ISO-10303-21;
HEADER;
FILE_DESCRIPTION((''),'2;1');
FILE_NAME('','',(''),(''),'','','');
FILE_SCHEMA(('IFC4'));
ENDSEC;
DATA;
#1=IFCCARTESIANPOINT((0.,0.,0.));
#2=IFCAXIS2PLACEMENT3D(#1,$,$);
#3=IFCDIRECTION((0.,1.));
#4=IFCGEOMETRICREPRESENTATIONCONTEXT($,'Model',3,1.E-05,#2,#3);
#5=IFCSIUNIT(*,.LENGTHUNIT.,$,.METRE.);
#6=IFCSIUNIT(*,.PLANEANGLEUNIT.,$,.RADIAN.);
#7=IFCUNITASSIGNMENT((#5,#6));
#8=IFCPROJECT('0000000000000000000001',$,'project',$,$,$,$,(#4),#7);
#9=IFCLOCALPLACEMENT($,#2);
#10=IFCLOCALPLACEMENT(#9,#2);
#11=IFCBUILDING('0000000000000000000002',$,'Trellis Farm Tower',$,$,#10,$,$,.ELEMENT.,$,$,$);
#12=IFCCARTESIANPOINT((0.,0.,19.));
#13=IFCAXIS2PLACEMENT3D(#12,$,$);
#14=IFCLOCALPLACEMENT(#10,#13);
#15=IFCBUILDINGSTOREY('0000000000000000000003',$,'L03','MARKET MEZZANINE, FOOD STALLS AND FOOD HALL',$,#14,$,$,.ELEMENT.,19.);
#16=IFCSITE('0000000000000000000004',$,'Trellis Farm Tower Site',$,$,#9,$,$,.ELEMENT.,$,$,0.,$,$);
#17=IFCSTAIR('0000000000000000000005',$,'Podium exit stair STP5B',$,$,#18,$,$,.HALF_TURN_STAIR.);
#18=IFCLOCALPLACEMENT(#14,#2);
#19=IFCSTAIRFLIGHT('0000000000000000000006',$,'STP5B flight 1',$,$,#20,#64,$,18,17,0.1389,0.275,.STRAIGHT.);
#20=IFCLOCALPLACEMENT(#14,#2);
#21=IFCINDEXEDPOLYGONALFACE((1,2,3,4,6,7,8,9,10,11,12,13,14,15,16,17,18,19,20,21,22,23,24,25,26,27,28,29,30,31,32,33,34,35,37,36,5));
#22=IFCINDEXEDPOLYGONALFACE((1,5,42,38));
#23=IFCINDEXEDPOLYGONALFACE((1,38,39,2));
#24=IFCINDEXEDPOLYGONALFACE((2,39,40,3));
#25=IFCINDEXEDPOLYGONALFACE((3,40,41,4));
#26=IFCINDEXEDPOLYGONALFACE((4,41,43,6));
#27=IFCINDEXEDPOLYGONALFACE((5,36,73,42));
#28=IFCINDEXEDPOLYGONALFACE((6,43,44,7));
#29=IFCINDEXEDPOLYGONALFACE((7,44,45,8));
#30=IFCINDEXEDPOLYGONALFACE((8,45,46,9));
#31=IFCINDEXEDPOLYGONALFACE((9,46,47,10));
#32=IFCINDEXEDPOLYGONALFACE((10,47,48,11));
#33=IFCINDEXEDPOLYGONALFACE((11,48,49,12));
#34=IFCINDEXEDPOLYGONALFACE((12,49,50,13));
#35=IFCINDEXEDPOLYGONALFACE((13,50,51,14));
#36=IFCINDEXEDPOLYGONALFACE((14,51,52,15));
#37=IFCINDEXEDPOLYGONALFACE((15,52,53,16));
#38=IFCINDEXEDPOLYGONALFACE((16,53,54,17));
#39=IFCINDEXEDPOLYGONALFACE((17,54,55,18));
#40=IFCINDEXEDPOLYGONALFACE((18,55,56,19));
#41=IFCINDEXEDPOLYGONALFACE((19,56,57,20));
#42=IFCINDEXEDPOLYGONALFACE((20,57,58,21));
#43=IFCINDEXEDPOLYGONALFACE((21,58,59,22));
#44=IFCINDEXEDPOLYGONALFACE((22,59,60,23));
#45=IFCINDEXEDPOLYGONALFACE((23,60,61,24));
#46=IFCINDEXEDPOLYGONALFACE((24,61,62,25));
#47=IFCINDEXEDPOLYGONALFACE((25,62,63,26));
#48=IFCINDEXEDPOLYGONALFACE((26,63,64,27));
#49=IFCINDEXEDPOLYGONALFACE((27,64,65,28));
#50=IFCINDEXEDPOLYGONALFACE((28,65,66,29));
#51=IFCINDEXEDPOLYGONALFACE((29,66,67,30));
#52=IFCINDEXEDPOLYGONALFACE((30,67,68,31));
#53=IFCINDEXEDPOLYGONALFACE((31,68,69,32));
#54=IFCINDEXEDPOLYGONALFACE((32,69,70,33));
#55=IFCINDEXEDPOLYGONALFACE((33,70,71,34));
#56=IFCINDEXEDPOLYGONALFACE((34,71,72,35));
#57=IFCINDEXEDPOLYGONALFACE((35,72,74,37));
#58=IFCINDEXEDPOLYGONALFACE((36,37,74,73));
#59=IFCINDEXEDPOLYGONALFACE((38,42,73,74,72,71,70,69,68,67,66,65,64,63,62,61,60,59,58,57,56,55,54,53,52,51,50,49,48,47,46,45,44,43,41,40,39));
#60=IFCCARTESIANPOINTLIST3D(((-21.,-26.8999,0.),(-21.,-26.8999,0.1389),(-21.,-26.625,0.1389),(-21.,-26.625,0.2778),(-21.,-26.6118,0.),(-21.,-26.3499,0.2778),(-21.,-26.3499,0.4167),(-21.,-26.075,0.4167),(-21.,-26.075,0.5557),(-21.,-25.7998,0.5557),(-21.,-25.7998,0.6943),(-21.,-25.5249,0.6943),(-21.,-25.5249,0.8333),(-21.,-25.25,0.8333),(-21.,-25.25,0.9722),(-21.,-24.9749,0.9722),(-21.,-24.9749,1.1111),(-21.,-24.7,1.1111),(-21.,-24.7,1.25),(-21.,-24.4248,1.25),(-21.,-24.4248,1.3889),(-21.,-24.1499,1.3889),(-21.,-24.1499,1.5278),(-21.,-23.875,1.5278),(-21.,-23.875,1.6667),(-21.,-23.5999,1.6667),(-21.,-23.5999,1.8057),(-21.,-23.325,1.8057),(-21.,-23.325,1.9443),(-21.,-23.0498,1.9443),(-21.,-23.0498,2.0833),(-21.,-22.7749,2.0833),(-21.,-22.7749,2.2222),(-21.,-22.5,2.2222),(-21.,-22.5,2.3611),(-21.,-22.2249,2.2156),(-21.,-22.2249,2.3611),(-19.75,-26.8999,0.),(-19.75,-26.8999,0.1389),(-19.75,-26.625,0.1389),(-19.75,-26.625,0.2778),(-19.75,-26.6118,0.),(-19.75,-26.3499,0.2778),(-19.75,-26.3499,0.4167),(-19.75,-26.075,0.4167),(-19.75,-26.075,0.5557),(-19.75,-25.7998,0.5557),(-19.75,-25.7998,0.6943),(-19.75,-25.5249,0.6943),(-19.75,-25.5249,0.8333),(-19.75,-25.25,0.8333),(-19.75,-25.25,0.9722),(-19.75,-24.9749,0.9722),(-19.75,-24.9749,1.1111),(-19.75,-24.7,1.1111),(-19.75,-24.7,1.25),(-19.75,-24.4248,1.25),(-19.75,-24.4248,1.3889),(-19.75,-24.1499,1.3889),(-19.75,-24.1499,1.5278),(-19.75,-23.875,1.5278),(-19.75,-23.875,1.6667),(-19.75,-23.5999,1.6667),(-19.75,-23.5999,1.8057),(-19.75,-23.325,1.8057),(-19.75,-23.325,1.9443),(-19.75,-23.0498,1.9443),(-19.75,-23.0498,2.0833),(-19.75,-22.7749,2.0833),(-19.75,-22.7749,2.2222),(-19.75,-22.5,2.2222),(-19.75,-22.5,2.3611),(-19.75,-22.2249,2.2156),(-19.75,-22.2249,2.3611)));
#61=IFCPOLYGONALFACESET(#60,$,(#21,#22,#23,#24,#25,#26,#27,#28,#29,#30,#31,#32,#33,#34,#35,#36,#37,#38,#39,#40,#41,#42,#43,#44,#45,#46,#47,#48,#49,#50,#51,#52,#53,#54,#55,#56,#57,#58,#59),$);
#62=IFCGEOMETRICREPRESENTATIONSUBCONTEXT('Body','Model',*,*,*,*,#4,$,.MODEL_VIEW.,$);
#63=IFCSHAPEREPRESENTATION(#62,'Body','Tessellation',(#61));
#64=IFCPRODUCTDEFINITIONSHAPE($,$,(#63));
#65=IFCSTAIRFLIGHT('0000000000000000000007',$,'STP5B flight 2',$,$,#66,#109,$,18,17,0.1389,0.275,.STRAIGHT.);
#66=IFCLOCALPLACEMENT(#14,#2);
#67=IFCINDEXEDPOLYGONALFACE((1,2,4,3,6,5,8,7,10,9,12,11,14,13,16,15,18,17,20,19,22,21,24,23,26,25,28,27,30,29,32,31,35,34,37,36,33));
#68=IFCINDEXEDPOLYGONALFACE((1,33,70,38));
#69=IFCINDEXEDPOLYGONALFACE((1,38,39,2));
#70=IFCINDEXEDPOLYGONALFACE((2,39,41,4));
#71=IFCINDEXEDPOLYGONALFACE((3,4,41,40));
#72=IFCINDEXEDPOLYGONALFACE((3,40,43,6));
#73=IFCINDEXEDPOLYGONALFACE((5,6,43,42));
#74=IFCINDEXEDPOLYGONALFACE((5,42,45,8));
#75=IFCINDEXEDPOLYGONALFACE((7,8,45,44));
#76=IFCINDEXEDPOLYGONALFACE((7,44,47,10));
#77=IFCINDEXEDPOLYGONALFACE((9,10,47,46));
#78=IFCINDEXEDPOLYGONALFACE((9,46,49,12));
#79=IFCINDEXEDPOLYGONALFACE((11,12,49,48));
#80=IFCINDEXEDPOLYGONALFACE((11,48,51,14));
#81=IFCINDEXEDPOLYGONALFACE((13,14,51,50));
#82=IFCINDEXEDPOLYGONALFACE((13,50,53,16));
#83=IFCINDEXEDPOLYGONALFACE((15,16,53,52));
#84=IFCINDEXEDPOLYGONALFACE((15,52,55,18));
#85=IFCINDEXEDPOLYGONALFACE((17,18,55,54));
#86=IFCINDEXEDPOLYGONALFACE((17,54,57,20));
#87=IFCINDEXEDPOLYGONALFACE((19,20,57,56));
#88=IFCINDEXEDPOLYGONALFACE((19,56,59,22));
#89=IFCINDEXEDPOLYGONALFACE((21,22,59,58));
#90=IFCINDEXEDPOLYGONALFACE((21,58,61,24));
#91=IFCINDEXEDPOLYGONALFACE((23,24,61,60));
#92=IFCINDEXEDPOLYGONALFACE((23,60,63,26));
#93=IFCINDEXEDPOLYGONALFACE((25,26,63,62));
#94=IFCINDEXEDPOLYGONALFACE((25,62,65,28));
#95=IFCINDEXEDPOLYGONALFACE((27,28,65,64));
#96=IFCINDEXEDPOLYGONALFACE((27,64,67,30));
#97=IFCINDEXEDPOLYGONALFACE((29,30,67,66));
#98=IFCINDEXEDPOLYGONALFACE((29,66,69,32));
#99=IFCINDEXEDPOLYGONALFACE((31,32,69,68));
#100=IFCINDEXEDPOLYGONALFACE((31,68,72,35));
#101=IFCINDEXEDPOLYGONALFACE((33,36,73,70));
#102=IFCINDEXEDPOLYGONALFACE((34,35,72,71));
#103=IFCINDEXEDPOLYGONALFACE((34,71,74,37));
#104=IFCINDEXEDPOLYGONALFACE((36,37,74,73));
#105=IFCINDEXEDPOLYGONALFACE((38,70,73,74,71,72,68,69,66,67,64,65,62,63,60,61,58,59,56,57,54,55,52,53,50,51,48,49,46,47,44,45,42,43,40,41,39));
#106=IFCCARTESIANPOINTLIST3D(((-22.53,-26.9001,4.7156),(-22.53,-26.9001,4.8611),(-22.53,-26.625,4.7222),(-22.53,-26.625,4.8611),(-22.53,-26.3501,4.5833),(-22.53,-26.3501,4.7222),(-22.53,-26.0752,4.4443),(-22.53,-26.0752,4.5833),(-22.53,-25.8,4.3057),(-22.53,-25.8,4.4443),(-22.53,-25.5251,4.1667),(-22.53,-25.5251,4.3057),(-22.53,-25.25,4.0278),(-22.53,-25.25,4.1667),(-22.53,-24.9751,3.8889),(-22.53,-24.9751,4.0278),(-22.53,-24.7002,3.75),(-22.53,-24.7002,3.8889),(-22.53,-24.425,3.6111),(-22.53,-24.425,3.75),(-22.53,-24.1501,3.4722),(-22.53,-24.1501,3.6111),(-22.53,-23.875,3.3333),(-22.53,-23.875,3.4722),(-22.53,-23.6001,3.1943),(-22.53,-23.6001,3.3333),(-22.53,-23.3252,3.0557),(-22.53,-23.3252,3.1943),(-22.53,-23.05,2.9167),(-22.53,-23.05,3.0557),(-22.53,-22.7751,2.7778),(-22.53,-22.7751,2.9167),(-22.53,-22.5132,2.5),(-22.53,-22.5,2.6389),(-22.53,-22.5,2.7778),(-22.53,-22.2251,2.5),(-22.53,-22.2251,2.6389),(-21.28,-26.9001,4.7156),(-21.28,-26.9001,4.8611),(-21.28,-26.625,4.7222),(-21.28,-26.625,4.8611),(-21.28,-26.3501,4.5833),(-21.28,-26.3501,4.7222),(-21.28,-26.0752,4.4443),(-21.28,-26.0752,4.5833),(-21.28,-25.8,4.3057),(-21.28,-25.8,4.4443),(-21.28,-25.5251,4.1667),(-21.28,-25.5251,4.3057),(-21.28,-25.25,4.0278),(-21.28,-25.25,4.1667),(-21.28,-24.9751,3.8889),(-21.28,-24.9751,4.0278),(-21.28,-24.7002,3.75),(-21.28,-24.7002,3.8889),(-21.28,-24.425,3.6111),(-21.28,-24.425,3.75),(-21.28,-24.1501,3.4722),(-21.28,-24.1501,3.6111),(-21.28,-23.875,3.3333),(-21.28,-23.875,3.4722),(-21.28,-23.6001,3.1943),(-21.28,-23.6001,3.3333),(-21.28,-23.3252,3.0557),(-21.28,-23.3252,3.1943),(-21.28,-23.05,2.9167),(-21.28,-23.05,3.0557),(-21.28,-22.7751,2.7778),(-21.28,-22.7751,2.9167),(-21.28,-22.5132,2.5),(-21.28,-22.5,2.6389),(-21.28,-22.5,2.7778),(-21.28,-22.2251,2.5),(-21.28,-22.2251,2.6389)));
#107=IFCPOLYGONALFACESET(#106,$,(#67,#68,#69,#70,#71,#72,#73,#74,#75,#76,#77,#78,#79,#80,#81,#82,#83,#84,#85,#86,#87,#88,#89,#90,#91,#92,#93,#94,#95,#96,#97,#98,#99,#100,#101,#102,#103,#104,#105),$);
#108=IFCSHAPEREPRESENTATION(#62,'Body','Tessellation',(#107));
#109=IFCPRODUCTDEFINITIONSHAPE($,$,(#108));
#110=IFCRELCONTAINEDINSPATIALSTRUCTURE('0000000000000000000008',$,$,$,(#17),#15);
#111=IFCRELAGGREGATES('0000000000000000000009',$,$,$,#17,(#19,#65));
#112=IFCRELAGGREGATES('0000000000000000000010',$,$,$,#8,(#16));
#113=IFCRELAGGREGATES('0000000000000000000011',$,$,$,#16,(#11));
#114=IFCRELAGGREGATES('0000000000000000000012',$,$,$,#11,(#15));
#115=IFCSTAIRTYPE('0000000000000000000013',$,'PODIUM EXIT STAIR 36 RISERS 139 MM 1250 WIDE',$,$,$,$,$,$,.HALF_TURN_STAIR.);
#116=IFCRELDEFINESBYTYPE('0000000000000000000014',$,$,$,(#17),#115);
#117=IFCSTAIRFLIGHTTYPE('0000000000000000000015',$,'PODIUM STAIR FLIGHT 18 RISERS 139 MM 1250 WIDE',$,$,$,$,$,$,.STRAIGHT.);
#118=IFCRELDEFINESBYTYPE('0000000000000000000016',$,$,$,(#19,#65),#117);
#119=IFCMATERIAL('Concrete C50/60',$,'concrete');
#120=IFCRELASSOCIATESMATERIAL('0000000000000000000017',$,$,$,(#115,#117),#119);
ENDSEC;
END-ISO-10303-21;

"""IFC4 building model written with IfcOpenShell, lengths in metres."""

from ifc_helpers import new_model, si_unit, direction, frame, origin, place, context, subcontext, project, spatial, polyline, outline, extrude, source, transform, mapped, material, type_object, element, aggregate, save


model = new_model("IFC4")

# Units and contexts
model_context = context("Model", 3, precision=1e-05, world=origin(), true_north=direction((0.0, 1.0)))
body_context = subcontext(model_context, "Body", "Model", "MODEL_VIEW")
ifc_project = project(units=[si_unit("LENGTHUNIT", "METRE"), si_unit("PLANEANGLEUNIT", "RADIAN")], contexts=[model_context])

# Site, building, storey
site_placement = place(None, origin())
site = spatial("IfcSite", under=ifc_project, at=site_placement, Name="Trellis Farm Tower Site", CompositionType="ELEMENT", RefElevation=0.0)
building_placement = place(site_placement, origin())
building = spatial("IfcBuilding", under=site, at=building_placement, Name="Trellis Farm Tower", CompositionType="ELEMENT")
storey_placement = place(building_placement, frame((0.0, 0.0, 19.0)))
storey = spatial("IfcBuildingStorey", under=building, at=storey_placement, Name="L03", Description="MARKET MEZZANINE, FOOD STALLS AND FOOD HALL", CompositionType="ELEMENT", Elevation=19.0)

# Stair, stair flights
ifc_material_1 = material(Name="Concrete C50/60", Category="concrete")
stair_type = type_object("IfcStairType", Name="PODIUM EXIT STAIR 36 RISERS 139 MM 1250 WIDE", PredefinedType="HALF_TURN_STAIR", material=ifc_material_1)
placement = place(storey_placement, origin())
stair_flight_type = type_object("IfcStairFlightType", Name="PODIUM STAIR FLIGHT 18 RISERS 139 MM 1250 WIDE", PredefinedType="STRAIGHT", material=ifc_material_1)
shared_shape_1 = source(origin(), body_context, "Body", "SweptSolid", [
    extrude(outline(polyline([(0.0, 0.0), (0.0, 0.1389), (0.2749, 0.1389), (0.2749, 0.2778), (0.55, 0.2778), (0.55, 0.4167), (0.825, 0.4167), (0.825, 0.5557), (1.1001, 0.5557), (1.1001, 0.6943), (1.375, 0.6943), (1.375, 0.8333), (1.6499, 0.8333), (1.6499, 0.9722), (1.925, 0.9722), (1.925, 1.1111), (2.2, 1.1111), (2.2, 1.25), (2.4751, 1.25), (2.4751, 1.3889), (2.75, 1.3889), (2.75, 1.5278), (3.0249, 1.5278), (3.0249, 1.6667), (3.3, 1.6667), (3.3, 1.8057), (3.575, 1.8057), (3.575, 1.9443), (3.8501, 1.9443), (3.8501, 2.0833), (4.125, 2.0833), (4.125, 2.2222), (4.3999, 2.2222), (4.3999, 2.3611), (4.675, 2.3611), (4.675, 2.5), (4.675, 2.2156), (0.2881, 0.0), (0.0, 0.0)])), frame((0.0, 0.625, 0.0), z_axis=(0.0, -1.0, 0.0), x_axis=(1.0, 0.0, 0.0)), (0.0, 0.0, 1.0), 1.25),
])
stair_1 = element("IfcStair", 1, at=placement, inside=storey, type_object=stair_type, Name="Podium exit stair STP5B", PredefinedType="HALF_TURN_STAIR")
stair_flight_1_placement = place(storey_placement, frame((-20.375, -26.8999, 0.0), z_axis=(0.0, 0.0, 1.0), x_axis=(0.0, 1.0, 0.0)))
stair_flight_1 = element("IfcStairFlight", 2, at=stair_flight_1_placement, type_object=stair_flight_type, Name="STP5B flight 1", NumberOfRisers=18, NumberOfTreads=17, PredefinedType="STRAIGHT", RiserHeight=0.1389, TreadLength=0.275, context=body_context, shape_type="MappedRepresentation", body=[
    mapped(shared_shape_1, transform((0.0, 0.0, 0.0))),
])
stair_flight_2_placement = place(storey_placement, frame((-21.905, -22.2251, 2.5), z_axis=(0.0, 0.0, 1.0), x_axis=(0.0, -1.0, 0.0)))
stair_flight_2 = element("IfcStairFlight", 3, at=stair_flight_2_placement, type_object=stair_flight_type, Name="STP5B flight 2", NumberOfRisers=18, NumberOfTreads=17, PredefinedType="STRAIGHT", RiserHeight=0.1389, TreadLength=0.275, context=body_context, shape_type="MappedRepresentation", body=[
    mapped(shared_shape_1, transform((0.0, 0.0, 0.0))),
])
aggregate(stair_1, [stair_flight_1, stair_flight_2])

save(model, "model.ifc")
